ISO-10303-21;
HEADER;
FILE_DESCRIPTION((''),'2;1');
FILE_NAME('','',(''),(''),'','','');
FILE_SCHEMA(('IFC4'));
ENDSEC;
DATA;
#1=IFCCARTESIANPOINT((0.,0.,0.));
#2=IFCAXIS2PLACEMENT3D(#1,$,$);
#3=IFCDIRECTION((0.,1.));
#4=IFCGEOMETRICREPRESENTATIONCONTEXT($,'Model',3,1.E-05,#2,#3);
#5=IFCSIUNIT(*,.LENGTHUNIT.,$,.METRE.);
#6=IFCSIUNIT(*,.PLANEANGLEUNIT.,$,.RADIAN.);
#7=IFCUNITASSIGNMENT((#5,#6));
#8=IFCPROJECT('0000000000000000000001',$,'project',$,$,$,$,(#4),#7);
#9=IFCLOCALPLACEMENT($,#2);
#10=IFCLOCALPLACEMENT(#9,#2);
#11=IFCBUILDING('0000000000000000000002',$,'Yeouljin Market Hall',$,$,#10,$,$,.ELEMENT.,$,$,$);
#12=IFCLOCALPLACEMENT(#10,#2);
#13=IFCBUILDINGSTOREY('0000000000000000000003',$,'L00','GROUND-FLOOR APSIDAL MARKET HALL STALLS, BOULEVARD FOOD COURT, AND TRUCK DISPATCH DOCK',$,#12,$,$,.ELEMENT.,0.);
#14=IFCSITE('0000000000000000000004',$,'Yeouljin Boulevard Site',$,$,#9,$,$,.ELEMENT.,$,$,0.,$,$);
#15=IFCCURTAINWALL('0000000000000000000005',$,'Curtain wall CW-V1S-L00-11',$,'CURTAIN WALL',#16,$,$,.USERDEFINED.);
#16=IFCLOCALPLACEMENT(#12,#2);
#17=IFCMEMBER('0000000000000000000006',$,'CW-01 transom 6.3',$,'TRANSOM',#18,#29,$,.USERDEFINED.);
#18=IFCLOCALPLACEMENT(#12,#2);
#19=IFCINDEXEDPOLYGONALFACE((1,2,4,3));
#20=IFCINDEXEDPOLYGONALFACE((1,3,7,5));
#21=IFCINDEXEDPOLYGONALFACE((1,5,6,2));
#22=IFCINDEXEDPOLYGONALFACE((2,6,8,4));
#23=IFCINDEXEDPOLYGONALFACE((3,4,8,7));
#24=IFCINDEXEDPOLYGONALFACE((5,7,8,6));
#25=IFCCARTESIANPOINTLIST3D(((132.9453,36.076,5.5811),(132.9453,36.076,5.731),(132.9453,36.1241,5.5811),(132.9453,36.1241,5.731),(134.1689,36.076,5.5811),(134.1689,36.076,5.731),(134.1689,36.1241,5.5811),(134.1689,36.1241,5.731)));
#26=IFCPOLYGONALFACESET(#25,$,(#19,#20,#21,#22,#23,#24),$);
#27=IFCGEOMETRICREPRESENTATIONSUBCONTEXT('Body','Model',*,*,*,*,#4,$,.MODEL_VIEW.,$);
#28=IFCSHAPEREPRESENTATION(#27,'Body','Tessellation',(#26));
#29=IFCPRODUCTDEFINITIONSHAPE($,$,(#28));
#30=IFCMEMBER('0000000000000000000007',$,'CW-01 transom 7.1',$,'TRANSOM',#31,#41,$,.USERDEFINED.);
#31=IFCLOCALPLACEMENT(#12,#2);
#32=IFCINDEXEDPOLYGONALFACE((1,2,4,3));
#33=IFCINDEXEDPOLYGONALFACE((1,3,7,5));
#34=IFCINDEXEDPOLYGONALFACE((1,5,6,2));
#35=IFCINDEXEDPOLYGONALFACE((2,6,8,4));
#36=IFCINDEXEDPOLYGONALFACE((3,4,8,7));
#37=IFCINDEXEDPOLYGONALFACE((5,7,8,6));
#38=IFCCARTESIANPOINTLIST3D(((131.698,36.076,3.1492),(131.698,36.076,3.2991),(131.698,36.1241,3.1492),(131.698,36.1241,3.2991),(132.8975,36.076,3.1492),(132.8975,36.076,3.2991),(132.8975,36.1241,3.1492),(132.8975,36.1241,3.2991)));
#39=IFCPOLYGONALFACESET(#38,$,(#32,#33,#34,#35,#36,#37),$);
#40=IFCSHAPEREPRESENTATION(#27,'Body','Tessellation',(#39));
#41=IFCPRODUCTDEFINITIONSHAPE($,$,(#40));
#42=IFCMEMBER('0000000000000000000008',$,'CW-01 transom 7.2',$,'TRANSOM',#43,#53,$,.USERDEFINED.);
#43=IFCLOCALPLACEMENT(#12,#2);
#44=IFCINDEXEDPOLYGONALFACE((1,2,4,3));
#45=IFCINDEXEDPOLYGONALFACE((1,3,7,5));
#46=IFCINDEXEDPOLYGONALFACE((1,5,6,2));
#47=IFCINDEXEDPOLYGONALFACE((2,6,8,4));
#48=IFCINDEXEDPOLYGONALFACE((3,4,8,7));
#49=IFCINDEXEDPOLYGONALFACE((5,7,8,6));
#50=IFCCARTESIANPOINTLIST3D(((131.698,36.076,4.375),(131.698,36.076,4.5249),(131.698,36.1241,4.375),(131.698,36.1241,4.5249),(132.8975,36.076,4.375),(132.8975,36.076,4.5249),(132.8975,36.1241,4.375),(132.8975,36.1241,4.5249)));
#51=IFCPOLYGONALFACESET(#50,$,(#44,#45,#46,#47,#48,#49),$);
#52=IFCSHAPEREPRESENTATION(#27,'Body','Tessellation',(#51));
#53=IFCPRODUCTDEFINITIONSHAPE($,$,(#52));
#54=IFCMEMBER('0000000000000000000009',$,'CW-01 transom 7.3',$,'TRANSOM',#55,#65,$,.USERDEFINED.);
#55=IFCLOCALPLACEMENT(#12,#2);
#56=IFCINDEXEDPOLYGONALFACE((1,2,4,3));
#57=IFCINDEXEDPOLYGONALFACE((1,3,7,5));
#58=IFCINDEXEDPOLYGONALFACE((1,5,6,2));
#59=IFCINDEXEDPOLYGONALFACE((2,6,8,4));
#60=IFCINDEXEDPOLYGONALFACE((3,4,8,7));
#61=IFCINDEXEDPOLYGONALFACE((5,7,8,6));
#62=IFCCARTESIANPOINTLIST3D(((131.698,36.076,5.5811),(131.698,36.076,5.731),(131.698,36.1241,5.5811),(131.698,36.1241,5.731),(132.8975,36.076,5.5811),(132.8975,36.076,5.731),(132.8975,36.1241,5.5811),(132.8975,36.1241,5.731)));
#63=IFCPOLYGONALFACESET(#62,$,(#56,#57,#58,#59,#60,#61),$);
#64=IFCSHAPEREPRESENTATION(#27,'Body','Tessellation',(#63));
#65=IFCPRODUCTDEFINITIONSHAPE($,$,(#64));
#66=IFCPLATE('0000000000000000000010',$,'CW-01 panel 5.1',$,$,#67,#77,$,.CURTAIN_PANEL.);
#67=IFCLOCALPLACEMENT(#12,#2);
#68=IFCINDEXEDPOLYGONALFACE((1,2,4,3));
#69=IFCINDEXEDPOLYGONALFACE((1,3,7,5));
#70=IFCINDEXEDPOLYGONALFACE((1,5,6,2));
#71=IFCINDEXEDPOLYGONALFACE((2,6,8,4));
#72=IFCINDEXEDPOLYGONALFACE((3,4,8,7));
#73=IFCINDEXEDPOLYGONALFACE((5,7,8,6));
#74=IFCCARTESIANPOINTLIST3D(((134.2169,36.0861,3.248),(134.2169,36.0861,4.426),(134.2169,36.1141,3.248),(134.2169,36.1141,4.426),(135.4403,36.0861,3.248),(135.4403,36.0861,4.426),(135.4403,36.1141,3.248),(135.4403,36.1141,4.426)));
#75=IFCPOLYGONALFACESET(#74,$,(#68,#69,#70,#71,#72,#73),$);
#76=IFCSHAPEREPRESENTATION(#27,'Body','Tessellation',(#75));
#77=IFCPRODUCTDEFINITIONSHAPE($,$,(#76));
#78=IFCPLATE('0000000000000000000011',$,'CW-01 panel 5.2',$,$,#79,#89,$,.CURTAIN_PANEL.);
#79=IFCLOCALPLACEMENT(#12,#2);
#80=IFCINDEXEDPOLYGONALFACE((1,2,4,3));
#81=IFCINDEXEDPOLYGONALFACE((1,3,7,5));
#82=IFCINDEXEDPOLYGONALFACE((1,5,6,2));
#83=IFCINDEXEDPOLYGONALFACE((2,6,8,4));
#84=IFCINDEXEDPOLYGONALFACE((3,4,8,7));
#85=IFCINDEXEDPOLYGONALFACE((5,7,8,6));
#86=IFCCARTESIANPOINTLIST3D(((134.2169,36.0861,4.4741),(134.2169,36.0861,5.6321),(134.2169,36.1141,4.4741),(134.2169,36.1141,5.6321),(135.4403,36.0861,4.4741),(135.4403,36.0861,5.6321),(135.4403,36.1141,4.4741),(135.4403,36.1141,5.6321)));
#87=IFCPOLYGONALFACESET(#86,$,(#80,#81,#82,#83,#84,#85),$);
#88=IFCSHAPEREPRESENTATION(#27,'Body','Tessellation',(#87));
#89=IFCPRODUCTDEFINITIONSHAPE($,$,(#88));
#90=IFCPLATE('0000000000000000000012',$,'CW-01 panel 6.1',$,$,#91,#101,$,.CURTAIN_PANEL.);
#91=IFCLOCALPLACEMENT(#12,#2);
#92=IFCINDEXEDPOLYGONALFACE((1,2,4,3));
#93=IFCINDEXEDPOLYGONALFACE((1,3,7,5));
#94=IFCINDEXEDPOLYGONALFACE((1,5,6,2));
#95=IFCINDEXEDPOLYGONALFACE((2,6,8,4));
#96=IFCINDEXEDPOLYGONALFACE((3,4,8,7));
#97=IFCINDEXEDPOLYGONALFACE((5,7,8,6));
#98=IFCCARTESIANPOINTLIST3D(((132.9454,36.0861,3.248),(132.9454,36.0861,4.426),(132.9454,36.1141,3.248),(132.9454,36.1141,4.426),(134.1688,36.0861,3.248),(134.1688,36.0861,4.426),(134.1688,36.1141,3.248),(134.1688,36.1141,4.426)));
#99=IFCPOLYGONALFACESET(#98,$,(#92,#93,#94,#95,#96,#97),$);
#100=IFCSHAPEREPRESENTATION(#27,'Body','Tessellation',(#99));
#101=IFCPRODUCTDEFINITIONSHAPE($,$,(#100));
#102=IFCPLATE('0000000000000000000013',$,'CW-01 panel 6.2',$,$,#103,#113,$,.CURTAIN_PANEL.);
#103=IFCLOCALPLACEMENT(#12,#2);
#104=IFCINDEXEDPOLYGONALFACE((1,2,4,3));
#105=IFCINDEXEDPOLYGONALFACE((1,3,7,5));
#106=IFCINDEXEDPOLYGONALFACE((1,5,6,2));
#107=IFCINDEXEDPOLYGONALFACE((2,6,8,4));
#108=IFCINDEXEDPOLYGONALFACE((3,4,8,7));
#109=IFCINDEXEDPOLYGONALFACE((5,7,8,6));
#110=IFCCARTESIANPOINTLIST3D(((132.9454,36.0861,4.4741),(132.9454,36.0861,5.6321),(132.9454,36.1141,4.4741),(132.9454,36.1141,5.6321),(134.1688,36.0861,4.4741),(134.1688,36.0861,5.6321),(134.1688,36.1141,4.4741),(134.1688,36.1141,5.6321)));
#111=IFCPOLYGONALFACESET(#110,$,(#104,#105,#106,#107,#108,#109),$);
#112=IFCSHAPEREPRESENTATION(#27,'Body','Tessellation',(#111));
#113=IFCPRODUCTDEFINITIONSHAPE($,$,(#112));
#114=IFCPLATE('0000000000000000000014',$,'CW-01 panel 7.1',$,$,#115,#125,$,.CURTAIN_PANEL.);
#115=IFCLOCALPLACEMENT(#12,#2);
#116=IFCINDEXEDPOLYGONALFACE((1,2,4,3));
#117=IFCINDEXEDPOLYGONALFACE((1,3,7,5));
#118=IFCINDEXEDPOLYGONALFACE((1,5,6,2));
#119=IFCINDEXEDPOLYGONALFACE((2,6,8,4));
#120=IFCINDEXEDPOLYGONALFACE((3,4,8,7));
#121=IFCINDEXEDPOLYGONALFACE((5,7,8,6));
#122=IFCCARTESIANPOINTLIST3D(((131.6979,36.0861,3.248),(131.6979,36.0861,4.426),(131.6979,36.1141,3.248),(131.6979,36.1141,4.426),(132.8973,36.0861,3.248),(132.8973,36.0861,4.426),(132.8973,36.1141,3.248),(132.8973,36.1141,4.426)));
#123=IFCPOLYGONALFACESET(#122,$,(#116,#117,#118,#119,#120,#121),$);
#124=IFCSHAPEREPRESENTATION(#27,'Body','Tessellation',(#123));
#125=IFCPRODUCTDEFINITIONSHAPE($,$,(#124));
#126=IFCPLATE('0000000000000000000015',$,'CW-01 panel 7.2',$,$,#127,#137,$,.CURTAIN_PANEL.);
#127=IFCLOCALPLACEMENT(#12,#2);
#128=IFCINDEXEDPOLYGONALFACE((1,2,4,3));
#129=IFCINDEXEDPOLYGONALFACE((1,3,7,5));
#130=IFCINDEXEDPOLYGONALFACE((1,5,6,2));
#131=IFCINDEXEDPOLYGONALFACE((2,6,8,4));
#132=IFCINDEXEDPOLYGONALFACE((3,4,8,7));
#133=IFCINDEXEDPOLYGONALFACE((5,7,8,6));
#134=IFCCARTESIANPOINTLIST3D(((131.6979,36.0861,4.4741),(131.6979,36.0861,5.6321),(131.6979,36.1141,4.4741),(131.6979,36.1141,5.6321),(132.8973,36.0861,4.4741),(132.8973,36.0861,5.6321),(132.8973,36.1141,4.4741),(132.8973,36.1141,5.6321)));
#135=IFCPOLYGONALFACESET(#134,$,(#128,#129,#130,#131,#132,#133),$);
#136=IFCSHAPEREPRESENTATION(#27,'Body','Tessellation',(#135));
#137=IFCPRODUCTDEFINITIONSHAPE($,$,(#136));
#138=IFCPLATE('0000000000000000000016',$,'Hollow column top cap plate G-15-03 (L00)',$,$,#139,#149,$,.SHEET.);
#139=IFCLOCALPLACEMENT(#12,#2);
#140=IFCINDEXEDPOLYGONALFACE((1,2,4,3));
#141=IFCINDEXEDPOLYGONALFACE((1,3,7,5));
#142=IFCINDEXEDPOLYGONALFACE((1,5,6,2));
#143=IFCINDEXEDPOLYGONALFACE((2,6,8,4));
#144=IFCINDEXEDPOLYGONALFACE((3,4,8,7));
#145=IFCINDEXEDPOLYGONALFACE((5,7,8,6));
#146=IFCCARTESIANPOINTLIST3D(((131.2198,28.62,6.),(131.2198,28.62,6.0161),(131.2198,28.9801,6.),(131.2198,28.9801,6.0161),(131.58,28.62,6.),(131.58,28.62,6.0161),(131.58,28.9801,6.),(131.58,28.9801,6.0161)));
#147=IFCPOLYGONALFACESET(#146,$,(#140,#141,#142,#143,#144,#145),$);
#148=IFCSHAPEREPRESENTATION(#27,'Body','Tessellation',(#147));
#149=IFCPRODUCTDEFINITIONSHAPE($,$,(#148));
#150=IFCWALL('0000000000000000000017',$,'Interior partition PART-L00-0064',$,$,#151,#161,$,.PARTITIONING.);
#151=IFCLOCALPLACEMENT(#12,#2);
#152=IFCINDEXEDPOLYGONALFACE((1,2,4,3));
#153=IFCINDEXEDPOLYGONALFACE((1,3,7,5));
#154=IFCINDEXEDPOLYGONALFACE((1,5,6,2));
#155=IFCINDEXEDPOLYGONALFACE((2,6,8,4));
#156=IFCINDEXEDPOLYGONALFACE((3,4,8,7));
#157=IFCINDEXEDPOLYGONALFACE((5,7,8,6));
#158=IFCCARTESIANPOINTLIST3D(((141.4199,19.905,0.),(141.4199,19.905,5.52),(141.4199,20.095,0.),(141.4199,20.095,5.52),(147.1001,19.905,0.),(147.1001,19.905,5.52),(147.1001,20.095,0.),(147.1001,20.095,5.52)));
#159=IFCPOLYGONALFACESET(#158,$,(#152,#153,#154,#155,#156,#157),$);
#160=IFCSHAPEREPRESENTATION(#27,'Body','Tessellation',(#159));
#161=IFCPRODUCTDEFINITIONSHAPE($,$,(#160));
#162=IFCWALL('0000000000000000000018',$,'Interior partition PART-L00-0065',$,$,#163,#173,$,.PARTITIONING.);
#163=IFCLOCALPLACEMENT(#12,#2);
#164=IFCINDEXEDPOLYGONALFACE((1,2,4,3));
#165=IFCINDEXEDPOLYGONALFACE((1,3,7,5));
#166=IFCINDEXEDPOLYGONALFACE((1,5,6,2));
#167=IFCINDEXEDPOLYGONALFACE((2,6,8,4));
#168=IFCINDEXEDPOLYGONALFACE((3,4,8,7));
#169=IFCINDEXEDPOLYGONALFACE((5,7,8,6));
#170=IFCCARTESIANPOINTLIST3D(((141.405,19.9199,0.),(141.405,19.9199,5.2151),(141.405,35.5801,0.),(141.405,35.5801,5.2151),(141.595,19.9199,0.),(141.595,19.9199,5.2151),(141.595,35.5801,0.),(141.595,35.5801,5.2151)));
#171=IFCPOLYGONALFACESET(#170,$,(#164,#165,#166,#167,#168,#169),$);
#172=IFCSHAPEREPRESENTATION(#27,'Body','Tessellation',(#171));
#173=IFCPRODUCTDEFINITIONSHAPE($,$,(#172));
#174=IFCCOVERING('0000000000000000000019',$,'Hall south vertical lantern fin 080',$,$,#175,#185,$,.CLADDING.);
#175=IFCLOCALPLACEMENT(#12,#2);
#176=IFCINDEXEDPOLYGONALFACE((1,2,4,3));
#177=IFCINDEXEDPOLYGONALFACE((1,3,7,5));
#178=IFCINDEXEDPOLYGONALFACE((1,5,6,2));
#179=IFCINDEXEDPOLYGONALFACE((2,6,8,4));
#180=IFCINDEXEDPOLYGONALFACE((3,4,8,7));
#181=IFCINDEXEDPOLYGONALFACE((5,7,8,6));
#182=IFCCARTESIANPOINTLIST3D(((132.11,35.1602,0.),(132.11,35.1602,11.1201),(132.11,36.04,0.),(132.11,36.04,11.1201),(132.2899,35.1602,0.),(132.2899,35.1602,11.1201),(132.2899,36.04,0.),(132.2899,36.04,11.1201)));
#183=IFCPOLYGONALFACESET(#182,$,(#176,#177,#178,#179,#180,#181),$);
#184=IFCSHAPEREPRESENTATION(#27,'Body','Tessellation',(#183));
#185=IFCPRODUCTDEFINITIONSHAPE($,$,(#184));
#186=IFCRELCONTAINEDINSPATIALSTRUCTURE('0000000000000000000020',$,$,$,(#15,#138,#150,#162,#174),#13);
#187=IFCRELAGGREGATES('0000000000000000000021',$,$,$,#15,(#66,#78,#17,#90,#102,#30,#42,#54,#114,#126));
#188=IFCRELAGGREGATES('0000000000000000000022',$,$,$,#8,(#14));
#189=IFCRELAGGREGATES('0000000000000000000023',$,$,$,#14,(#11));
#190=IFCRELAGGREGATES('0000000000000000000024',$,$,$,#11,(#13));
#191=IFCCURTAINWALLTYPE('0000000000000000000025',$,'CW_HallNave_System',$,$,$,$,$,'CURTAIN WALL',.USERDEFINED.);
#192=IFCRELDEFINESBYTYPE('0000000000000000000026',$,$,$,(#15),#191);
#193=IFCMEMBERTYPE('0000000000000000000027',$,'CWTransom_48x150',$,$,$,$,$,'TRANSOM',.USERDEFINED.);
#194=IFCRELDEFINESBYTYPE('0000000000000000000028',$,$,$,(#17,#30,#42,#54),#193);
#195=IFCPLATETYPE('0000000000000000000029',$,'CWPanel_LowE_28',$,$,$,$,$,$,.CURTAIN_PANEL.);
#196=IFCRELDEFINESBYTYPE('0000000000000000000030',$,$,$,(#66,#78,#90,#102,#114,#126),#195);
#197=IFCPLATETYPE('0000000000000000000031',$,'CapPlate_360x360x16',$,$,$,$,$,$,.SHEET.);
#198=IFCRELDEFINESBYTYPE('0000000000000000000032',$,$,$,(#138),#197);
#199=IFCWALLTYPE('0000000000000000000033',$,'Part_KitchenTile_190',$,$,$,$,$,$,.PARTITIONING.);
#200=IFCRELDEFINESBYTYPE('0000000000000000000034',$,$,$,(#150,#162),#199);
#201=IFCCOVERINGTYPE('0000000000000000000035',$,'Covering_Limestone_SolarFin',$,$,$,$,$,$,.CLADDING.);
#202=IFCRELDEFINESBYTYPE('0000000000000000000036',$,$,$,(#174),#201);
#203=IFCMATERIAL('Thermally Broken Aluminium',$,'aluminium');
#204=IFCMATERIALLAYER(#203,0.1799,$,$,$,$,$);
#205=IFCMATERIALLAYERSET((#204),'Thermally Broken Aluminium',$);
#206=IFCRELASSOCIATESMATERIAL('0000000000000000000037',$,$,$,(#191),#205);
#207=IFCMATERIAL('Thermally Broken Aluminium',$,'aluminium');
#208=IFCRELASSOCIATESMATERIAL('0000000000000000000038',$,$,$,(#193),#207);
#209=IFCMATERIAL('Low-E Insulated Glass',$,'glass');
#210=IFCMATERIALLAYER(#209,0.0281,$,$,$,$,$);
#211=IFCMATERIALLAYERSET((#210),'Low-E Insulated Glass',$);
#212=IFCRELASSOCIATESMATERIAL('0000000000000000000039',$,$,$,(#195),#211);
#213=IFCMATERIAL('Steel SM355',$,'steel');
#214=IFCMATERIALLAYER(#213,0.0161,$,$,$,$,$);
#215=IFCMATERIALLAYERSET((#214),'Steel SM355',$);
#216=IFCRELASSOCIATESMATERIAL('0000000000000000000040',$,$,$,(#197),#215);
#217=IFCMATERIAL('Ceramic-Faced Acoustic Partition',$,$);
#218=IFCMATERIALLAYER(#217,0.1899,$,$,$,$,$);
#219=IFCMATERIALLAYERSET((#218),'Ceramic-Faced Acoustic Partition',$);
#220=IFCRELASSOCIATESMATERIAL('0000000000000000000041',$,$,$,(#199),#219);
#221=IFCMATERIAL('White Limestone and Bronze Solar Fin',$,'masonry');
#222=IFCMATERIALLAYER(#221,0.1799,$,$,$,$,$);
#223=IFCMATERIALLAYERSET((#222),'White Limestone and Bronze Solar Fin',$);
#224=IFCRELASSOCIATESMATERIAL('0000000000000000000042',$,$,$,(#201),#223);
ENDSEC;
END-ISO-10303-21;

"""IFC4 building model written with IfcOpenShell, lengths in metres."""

from ifc_helpers import new_model, si_unit, direction, frame, frame_2d, origin, origin_2d, place, context, subcontext, project, spatial, rectangle, extrude, material, layer, layer_set, material_profile, profile_set, type_object, element, aggregate, save


model = new_model("IFC4")

# Units and contexts
model_context = context("Model", 3, precision=1e-05, world=origin(), true_north=direction((0.0, 1.0)))
body_context = subcontext(model_context, "Body", "Model", "MODEL_VIEW")
ifc_project = project(units=[si_unit("LENGTHUNIT", "METRE"), si_unit("PLANEANGLEUNIT", "RADIAN")], contexts=[model_context])

# Site, building, storey
site_placement = place(None, origin())
site = spatial("IfcSite", under=ifc_project, at=site_placement, Name="Yeouljin Boulevard Site", CompositionType="ELEMENT", RefElevation=0.0)
building_placement = place(site_placement, origin())
building = spatial("IfcBuilding", under=site, at=building_placement, Name="Yeouljin Market Hall", CompositionType="ELEMENT")
storey_placement = place(building_placement, origin())
storey = spatial("IfcBuildingStorey", under=building, at=storey_placement, Name="L00", Description="GROUND-FLOOR APSIDAL MARKET HALL STALLS, BOULEVARD FOOD COURT, AND TRUCK DISPATCH DOCK", CompositionType="ELEMENT", Elevation=0.0)

# Curtain wall, members, plates
ifc_material_1 = material(Name="Thermally Broken Aluminium", Category="aluminium")
ifc_layer_1 = layer(ifc_material_1, 0.1799)
ifc_layer_set_1 = layer_set([ifc_layer_1], Name="Thermally Broken Aluminium")
curtain_wall_type = type_object("IfcCurtainWallType", Name="CW_HallNave_System", ElementType="CURTAIN WALL", PredefinedType="USERDEFINED", material=ifc_layer_set_1)
curtain_wall_placement = place(storey_placement, origin())
curtain_wall = element("IfcCurtainWall", 1, at=curtain_wall_placement, inside=storey, type_object=curtain_wall_type, Name="Curtain wall CW-V1S-L00-11", ObjectType="CURTAIN WALL", PredefinedType="USERDEFINED")
ifc_material_2 = material(Name="Thermally Broken Aluminium", Category="aluminium")
ifc_material_profile_1 = material_profile(ifc_material_2, rectangle(XDim=0.0481, YDim=0.1499, at=origin_2d()), Name="CW-TRAN-48x150")
ifc_profile_set_1 = profile_set([ifc_material_profile_1], Name="Thermally Broken Aluminium")
member_type_1 = type_object("IfcMemberType", Name="CWTransom_48x150", ElementType="TRANSOM", PredefinedType="USERDEFINED", material=ifc_profile_set_1)
member_1_placement = place(storey_placement, frame((134.1689, 36.1001, 5.656), z_axis=(-1.0, 0.0, 0.0), x_axis=(0.0, -1.0, 0.0)))
member_1 = element("IfcMember", 2, at=member_1_placement, type_object=member_type_1, Name="CW-01 transom 6.3", ObjectType="TRANSOM", PredefinedType="USERDEFINED", context=body_context, shape_type="SweptSolid", body=[
    extrude(rectangle(XDim=0.0481, YDim=0.1499, at=origin_2d()), origin(), (0.0, 0.0, 1.0), 1.2236),
])
member_2_placement = place(storey_placement, frame((132.8975, 36.1001, 3.2241), z_axis=(-1.0, 0.0, 0.0), x_axis=(0.0, -1.0, 0.0)))
member_2 = element("IfcMember", 3, at=member_2_placement, type_object=member_type_1, Name="CW-01 transom 7.1", ObjectType="TRANSOM", PredefinedType="USERDEFINED", context=body_context, shape_type="SweptSolid", body=[
    extrude(rectangle(XDim=0.0481, YDim=0.1499, at=origin_2d()), origin(), (0.0, 0.0, 1.0), 1.1995),
])
member_3_placement = place(storey_placement, frame((132.8975, 36.1001, 4.45), z_axis=(-1.0, 0.0, 0.0), x_axis=(0.0, -1.0, 0.0)))
member_3 = element("IfcMember", 4, at=member_3_placement, type_object=member_type_1, Name="CW-01 transom 7.2", ObjectType="TRANSOM", PredefinedType="USERDEFINED", context=body_context, shape_type="SweptSolid", body=[
    extrude(rectangle(XDim=0.0481, YDim=0.1499, at=origin_2d()), origin(), (0.0, 0.0, 1.0), 1.1995),
])
member_4_placement = place(storey_placement, frame((132.8975, 36.1001, 5.656), z_axis=(-1.0, 0.0, 0.0), x_axis=(0.0, -1.0, 0.0)))
member_4 = element("IfcMember", 5, at=member_4_placement, type_object=member_type_1, Name="CW-01 transom 7.3", ObjectType="TRANSOM", PredefinedType="USERDEFINED", context=body_context, shape_type="SweptSolid", body=[
    extrude(rectangle(XDim=0.0481, YDim=0.1499, at=origin_2d()), origin(), (0.0, 0.0, 1.0), 1.1995),
])
ifc_material_3 = material(Name="Low-E Insulated Glass", Category="glass")
ifc_layer_2 = layer(ifc_material_3, 0.0281)
ifc_layer_set_2 = layer_set([ifc_layer_2], Name="Low-E Insulated Glass")
plate_type_1 = type_object("IfcPlateType", Name="CWPanel_LowE_28", PredefinedType="CURTAIN_PANEL", material=ifc_layer_set_2)
plate_1_placement = place(storey_placement, frame((134.8286, 36.1001, 3.248), z_axis=(0.0, 0.0, 1.0), x_axis=(-1.0, 0.0, 0.0)))
plate_1 = element("IfcPlate", 6, at=plate_1_placement, type_object=plate_type_1, Name="CW-01 panel 5.1", PredefinedType="CURTAIN_PANEL", context=body_context, shape_type="SweptSolid", body=[
    extrude(rectangle(XDim=1.2234, YDim=0.0281, at=origin_2d()), origin(), (0.0, 0.0, 1.0), 1.178),
])
plate_2_placement = place(storey_placement, frame((134.8286, 36.1001, 4.4741), z_axis=(0.0, 0.0, 1.0), x_axis=(-1.0, 0.0, 0.0)))
plate_2 = element("IfcPlate", 7, at=plate_2_placement, type_object=plate_type_1, Name="CW-01 panel 5.2", PredefinedType="CURTAIN_PANEL", context=body_context, shape_type="SweptSolid", body=[
    extrude(rectangle(XDim=1.2234, YDim=0.0281, at=origin_2d()), origin(), (0.0, 0.0, 1.0), 1.158),
])
plate_3_placement = place(storey_placement, frame((133.5571, 36.1001, 3.248), z_axis=(0.0, 0.0, 1.0), x_axis=(-1.0, 0.0, 0.0)))
plate_3 = element("IfcPlate", 8, at=plate_3_placement, type_object=plate_type_1, Name="CW-01 panel 6.1", PredefinedType="CURTAIN_PANEL", context=body_context, shape_type="SweptSolid", body=[
    extrude(rectangle(XDim=1.2234, YDim=0.0281, at=origin_2d()), origin(), (0.0, 0.0, 1.0), 1.178),
])
plate_4_placement = place(storey_placement, frame((133.5571, 36.1001, 4.4741), z_axis=(0.0, 0.0, 1.0), x_axis=(-1.0, 0.0, 0.0)))
plate_4 = element("IfcPlate", 9, at=plate_4_placement, type_object=plate_type_1, Name="CW-01 panel 6.2", PredefinedType="CURTAIN_PANEL", context=body_context, shape_type="SweptSolid", body=[
    extrude(rectangle(XDim=1.2234, YDim=0.0281, at=origin_2d()), origin(), (0.0, 0.0, 1.0), 1.158),
])
plate_5_placement = place(storey_placement, frame((132.2976, 36.1001, 3.248), z_axis=(0.0, 0.0, 1.0), x_axis=(-1.0, 0.0, 0.0)))
plate_5 = element("IfcPlate", 10, at=plate_5_placement, type_object=plate_type_1, Name="CW-01 panel 7.1", PredefinedType="CURTAIN_PANEL", context=body_context, shape_type="SweptSolid", body=[
    extrude(rectangle(XDim=1.1995, YDim=0.0281, at=origin_2d()), origin(), (0.0, 0.0, 1.0), 1.178),
])
plate_6_placement = place(storey_placement, frame((132.2976, 36.1001, 4.4741), z_axis=(0.0, 0.0, 1.0), x_axis=(-1.0, 0.0, 0.0)))
plate_6 = element("IfcPlate", 11, at=plate_6_placement, type_object=plate_type_1, Name="CW-01 panel 7.2", PredefinedType="CURTAIN_PANEL", context=body_context, shape_type="SweptSolid", body=[
    extrude(rectangle(XDim=1.1995, YDim=0.0281, at=origin_2d()), origin(), (0.0, 0.0, 1.0), 1.158),
])
aggregate(curtain_wall, [plate_1, plate_2, member_1, plate_3, plate_4, member_2, member_3, member_4, plate_5, plate_6])

# Plate
ifc_material_4 = material(Name="Steel SM355", Category="steel")
ifc_layer_3 = layer(ifc_material_4, 0.0161)
ifc_layer_set_3 = layer_set([ifc_layer_3], Name="Steel SM355")
plate_type_2 = type_object("IfcPlateType", Name="CapPlate_360x360x16", PredefinedType="SHEET", material=ifc_layer_set_3)
plate_7_placement = place(storey_placement, frame((131.3999, 28.8, 6.0), z_axis=(0.0, 0.0, 1.0), x_axis=(1.0, 0.0, 0.0)))
element("IfcPlate", 12, at=plate_7_placement, inside=storey, type_object=plate_type_2, Name="Hollow column top cap plate G-15-03 (L00)", PredefinedType="SHEET", context=body_context, shape_type="SweptSolid", body=[
    extrude(rectangle(XDim=0.3601, YDim=0.3601, at=origin_2d()), origin(), (0.0, 0.0, 1.0), 0.0161),
])

# Walls
ifc_material_5 = material(Name="Ceramic-Faced Acoustic Partition")
ifc_layer_4 = layer(ifc_material_5, 0.1899)
ifc_layer_set_4 = layer_set([ifc_layer_4], Name="Ceramic-Faced Acoustic Partition")
wall_type = type_object("IfcWallType", Name="Part_KitchenTile_190", PredefinedType="PARTITIONING", material=ifc_layer_set_4)
wall_1_placement = place(storey_placement, frame((141.4199, 20.0, 0.0), z_axis=(0.0, 0.0, 1.0), x_axis=(1.0, 0.0, 0.0)))
element("IfcWall", 13, at=wall_1_placement, inside=storey, type_object=wall_type, Name="Interior partition PART-L00-0064", PredefinedType="PARTITIONING", context=body_context, shape_type="SweptSolid", body=[
    extrude(rectangle(XDim=5.6802, YDim=0.1899, at=frame_2d((2.8401, 0.0))), origin(), (0.0, 0.0, 1.0), 5.52),
])
wall_2_placement = place(storey_placement, frame((141.5, 35.5801, 0.0), z_axis=(0.0, 0.0, 1.0), x_axis=(0.0, -1.0, 0.0)))
element("IfcWall", 14, at=wall_2_placement, inside=storey, type_object=wall_type, Name="Interior partition PART-L00-0065", PredefinedType="PARTITIONING", context=body_context, shape_type="SweptSolid", body=[
    extrude(rectangle(XDim=15.6602, YDim=0.1899, at=frame_2d((7.8301, 0.0))), origin(), (0.0, 0.0, 1.0), 5.2151),
])

# Covering
ifc_material_6 = material(Name="White Limestone and Bronze Solar Fin", Category="masonry")
ifc_layer_5 = layer(ifc_material_6, 0.1799)
ifc_layer_set_5 = layer_set([ifc_layer_5], Name="White Limestone and Bronze Solar Fin")
covering_type = type_object("IfcCoveringType", Name="Covering_Limestone_SolarFin", PredefinedType="CLADDING", material=ifc_layer_set_5)
for number, where, z_axis, x_axis, name in (
    (15, (132.2, 35.6001, 0.0), (0.0, 0.0, 1.0), (1.0, 0.0, 0.0), "Hall south vertical lantern fin 080"),
):
    element("IfcCovering", number, at=place(storey_placement, frame(where, z_axis=z_axis, x_axis=x_axis)), inside=storey, type_object=covering_type, Name=name, PredefinedType="CLADDING", context=body_context, shape_type="SweptSolid", body=[
        extrude(rectangle(XDim=0.1799, YDim=0.8799, at=origin_2d()), origin(), (0.0, 0.0, 1.0), 11.1201),
    ])

save(model, "model.ifc")
